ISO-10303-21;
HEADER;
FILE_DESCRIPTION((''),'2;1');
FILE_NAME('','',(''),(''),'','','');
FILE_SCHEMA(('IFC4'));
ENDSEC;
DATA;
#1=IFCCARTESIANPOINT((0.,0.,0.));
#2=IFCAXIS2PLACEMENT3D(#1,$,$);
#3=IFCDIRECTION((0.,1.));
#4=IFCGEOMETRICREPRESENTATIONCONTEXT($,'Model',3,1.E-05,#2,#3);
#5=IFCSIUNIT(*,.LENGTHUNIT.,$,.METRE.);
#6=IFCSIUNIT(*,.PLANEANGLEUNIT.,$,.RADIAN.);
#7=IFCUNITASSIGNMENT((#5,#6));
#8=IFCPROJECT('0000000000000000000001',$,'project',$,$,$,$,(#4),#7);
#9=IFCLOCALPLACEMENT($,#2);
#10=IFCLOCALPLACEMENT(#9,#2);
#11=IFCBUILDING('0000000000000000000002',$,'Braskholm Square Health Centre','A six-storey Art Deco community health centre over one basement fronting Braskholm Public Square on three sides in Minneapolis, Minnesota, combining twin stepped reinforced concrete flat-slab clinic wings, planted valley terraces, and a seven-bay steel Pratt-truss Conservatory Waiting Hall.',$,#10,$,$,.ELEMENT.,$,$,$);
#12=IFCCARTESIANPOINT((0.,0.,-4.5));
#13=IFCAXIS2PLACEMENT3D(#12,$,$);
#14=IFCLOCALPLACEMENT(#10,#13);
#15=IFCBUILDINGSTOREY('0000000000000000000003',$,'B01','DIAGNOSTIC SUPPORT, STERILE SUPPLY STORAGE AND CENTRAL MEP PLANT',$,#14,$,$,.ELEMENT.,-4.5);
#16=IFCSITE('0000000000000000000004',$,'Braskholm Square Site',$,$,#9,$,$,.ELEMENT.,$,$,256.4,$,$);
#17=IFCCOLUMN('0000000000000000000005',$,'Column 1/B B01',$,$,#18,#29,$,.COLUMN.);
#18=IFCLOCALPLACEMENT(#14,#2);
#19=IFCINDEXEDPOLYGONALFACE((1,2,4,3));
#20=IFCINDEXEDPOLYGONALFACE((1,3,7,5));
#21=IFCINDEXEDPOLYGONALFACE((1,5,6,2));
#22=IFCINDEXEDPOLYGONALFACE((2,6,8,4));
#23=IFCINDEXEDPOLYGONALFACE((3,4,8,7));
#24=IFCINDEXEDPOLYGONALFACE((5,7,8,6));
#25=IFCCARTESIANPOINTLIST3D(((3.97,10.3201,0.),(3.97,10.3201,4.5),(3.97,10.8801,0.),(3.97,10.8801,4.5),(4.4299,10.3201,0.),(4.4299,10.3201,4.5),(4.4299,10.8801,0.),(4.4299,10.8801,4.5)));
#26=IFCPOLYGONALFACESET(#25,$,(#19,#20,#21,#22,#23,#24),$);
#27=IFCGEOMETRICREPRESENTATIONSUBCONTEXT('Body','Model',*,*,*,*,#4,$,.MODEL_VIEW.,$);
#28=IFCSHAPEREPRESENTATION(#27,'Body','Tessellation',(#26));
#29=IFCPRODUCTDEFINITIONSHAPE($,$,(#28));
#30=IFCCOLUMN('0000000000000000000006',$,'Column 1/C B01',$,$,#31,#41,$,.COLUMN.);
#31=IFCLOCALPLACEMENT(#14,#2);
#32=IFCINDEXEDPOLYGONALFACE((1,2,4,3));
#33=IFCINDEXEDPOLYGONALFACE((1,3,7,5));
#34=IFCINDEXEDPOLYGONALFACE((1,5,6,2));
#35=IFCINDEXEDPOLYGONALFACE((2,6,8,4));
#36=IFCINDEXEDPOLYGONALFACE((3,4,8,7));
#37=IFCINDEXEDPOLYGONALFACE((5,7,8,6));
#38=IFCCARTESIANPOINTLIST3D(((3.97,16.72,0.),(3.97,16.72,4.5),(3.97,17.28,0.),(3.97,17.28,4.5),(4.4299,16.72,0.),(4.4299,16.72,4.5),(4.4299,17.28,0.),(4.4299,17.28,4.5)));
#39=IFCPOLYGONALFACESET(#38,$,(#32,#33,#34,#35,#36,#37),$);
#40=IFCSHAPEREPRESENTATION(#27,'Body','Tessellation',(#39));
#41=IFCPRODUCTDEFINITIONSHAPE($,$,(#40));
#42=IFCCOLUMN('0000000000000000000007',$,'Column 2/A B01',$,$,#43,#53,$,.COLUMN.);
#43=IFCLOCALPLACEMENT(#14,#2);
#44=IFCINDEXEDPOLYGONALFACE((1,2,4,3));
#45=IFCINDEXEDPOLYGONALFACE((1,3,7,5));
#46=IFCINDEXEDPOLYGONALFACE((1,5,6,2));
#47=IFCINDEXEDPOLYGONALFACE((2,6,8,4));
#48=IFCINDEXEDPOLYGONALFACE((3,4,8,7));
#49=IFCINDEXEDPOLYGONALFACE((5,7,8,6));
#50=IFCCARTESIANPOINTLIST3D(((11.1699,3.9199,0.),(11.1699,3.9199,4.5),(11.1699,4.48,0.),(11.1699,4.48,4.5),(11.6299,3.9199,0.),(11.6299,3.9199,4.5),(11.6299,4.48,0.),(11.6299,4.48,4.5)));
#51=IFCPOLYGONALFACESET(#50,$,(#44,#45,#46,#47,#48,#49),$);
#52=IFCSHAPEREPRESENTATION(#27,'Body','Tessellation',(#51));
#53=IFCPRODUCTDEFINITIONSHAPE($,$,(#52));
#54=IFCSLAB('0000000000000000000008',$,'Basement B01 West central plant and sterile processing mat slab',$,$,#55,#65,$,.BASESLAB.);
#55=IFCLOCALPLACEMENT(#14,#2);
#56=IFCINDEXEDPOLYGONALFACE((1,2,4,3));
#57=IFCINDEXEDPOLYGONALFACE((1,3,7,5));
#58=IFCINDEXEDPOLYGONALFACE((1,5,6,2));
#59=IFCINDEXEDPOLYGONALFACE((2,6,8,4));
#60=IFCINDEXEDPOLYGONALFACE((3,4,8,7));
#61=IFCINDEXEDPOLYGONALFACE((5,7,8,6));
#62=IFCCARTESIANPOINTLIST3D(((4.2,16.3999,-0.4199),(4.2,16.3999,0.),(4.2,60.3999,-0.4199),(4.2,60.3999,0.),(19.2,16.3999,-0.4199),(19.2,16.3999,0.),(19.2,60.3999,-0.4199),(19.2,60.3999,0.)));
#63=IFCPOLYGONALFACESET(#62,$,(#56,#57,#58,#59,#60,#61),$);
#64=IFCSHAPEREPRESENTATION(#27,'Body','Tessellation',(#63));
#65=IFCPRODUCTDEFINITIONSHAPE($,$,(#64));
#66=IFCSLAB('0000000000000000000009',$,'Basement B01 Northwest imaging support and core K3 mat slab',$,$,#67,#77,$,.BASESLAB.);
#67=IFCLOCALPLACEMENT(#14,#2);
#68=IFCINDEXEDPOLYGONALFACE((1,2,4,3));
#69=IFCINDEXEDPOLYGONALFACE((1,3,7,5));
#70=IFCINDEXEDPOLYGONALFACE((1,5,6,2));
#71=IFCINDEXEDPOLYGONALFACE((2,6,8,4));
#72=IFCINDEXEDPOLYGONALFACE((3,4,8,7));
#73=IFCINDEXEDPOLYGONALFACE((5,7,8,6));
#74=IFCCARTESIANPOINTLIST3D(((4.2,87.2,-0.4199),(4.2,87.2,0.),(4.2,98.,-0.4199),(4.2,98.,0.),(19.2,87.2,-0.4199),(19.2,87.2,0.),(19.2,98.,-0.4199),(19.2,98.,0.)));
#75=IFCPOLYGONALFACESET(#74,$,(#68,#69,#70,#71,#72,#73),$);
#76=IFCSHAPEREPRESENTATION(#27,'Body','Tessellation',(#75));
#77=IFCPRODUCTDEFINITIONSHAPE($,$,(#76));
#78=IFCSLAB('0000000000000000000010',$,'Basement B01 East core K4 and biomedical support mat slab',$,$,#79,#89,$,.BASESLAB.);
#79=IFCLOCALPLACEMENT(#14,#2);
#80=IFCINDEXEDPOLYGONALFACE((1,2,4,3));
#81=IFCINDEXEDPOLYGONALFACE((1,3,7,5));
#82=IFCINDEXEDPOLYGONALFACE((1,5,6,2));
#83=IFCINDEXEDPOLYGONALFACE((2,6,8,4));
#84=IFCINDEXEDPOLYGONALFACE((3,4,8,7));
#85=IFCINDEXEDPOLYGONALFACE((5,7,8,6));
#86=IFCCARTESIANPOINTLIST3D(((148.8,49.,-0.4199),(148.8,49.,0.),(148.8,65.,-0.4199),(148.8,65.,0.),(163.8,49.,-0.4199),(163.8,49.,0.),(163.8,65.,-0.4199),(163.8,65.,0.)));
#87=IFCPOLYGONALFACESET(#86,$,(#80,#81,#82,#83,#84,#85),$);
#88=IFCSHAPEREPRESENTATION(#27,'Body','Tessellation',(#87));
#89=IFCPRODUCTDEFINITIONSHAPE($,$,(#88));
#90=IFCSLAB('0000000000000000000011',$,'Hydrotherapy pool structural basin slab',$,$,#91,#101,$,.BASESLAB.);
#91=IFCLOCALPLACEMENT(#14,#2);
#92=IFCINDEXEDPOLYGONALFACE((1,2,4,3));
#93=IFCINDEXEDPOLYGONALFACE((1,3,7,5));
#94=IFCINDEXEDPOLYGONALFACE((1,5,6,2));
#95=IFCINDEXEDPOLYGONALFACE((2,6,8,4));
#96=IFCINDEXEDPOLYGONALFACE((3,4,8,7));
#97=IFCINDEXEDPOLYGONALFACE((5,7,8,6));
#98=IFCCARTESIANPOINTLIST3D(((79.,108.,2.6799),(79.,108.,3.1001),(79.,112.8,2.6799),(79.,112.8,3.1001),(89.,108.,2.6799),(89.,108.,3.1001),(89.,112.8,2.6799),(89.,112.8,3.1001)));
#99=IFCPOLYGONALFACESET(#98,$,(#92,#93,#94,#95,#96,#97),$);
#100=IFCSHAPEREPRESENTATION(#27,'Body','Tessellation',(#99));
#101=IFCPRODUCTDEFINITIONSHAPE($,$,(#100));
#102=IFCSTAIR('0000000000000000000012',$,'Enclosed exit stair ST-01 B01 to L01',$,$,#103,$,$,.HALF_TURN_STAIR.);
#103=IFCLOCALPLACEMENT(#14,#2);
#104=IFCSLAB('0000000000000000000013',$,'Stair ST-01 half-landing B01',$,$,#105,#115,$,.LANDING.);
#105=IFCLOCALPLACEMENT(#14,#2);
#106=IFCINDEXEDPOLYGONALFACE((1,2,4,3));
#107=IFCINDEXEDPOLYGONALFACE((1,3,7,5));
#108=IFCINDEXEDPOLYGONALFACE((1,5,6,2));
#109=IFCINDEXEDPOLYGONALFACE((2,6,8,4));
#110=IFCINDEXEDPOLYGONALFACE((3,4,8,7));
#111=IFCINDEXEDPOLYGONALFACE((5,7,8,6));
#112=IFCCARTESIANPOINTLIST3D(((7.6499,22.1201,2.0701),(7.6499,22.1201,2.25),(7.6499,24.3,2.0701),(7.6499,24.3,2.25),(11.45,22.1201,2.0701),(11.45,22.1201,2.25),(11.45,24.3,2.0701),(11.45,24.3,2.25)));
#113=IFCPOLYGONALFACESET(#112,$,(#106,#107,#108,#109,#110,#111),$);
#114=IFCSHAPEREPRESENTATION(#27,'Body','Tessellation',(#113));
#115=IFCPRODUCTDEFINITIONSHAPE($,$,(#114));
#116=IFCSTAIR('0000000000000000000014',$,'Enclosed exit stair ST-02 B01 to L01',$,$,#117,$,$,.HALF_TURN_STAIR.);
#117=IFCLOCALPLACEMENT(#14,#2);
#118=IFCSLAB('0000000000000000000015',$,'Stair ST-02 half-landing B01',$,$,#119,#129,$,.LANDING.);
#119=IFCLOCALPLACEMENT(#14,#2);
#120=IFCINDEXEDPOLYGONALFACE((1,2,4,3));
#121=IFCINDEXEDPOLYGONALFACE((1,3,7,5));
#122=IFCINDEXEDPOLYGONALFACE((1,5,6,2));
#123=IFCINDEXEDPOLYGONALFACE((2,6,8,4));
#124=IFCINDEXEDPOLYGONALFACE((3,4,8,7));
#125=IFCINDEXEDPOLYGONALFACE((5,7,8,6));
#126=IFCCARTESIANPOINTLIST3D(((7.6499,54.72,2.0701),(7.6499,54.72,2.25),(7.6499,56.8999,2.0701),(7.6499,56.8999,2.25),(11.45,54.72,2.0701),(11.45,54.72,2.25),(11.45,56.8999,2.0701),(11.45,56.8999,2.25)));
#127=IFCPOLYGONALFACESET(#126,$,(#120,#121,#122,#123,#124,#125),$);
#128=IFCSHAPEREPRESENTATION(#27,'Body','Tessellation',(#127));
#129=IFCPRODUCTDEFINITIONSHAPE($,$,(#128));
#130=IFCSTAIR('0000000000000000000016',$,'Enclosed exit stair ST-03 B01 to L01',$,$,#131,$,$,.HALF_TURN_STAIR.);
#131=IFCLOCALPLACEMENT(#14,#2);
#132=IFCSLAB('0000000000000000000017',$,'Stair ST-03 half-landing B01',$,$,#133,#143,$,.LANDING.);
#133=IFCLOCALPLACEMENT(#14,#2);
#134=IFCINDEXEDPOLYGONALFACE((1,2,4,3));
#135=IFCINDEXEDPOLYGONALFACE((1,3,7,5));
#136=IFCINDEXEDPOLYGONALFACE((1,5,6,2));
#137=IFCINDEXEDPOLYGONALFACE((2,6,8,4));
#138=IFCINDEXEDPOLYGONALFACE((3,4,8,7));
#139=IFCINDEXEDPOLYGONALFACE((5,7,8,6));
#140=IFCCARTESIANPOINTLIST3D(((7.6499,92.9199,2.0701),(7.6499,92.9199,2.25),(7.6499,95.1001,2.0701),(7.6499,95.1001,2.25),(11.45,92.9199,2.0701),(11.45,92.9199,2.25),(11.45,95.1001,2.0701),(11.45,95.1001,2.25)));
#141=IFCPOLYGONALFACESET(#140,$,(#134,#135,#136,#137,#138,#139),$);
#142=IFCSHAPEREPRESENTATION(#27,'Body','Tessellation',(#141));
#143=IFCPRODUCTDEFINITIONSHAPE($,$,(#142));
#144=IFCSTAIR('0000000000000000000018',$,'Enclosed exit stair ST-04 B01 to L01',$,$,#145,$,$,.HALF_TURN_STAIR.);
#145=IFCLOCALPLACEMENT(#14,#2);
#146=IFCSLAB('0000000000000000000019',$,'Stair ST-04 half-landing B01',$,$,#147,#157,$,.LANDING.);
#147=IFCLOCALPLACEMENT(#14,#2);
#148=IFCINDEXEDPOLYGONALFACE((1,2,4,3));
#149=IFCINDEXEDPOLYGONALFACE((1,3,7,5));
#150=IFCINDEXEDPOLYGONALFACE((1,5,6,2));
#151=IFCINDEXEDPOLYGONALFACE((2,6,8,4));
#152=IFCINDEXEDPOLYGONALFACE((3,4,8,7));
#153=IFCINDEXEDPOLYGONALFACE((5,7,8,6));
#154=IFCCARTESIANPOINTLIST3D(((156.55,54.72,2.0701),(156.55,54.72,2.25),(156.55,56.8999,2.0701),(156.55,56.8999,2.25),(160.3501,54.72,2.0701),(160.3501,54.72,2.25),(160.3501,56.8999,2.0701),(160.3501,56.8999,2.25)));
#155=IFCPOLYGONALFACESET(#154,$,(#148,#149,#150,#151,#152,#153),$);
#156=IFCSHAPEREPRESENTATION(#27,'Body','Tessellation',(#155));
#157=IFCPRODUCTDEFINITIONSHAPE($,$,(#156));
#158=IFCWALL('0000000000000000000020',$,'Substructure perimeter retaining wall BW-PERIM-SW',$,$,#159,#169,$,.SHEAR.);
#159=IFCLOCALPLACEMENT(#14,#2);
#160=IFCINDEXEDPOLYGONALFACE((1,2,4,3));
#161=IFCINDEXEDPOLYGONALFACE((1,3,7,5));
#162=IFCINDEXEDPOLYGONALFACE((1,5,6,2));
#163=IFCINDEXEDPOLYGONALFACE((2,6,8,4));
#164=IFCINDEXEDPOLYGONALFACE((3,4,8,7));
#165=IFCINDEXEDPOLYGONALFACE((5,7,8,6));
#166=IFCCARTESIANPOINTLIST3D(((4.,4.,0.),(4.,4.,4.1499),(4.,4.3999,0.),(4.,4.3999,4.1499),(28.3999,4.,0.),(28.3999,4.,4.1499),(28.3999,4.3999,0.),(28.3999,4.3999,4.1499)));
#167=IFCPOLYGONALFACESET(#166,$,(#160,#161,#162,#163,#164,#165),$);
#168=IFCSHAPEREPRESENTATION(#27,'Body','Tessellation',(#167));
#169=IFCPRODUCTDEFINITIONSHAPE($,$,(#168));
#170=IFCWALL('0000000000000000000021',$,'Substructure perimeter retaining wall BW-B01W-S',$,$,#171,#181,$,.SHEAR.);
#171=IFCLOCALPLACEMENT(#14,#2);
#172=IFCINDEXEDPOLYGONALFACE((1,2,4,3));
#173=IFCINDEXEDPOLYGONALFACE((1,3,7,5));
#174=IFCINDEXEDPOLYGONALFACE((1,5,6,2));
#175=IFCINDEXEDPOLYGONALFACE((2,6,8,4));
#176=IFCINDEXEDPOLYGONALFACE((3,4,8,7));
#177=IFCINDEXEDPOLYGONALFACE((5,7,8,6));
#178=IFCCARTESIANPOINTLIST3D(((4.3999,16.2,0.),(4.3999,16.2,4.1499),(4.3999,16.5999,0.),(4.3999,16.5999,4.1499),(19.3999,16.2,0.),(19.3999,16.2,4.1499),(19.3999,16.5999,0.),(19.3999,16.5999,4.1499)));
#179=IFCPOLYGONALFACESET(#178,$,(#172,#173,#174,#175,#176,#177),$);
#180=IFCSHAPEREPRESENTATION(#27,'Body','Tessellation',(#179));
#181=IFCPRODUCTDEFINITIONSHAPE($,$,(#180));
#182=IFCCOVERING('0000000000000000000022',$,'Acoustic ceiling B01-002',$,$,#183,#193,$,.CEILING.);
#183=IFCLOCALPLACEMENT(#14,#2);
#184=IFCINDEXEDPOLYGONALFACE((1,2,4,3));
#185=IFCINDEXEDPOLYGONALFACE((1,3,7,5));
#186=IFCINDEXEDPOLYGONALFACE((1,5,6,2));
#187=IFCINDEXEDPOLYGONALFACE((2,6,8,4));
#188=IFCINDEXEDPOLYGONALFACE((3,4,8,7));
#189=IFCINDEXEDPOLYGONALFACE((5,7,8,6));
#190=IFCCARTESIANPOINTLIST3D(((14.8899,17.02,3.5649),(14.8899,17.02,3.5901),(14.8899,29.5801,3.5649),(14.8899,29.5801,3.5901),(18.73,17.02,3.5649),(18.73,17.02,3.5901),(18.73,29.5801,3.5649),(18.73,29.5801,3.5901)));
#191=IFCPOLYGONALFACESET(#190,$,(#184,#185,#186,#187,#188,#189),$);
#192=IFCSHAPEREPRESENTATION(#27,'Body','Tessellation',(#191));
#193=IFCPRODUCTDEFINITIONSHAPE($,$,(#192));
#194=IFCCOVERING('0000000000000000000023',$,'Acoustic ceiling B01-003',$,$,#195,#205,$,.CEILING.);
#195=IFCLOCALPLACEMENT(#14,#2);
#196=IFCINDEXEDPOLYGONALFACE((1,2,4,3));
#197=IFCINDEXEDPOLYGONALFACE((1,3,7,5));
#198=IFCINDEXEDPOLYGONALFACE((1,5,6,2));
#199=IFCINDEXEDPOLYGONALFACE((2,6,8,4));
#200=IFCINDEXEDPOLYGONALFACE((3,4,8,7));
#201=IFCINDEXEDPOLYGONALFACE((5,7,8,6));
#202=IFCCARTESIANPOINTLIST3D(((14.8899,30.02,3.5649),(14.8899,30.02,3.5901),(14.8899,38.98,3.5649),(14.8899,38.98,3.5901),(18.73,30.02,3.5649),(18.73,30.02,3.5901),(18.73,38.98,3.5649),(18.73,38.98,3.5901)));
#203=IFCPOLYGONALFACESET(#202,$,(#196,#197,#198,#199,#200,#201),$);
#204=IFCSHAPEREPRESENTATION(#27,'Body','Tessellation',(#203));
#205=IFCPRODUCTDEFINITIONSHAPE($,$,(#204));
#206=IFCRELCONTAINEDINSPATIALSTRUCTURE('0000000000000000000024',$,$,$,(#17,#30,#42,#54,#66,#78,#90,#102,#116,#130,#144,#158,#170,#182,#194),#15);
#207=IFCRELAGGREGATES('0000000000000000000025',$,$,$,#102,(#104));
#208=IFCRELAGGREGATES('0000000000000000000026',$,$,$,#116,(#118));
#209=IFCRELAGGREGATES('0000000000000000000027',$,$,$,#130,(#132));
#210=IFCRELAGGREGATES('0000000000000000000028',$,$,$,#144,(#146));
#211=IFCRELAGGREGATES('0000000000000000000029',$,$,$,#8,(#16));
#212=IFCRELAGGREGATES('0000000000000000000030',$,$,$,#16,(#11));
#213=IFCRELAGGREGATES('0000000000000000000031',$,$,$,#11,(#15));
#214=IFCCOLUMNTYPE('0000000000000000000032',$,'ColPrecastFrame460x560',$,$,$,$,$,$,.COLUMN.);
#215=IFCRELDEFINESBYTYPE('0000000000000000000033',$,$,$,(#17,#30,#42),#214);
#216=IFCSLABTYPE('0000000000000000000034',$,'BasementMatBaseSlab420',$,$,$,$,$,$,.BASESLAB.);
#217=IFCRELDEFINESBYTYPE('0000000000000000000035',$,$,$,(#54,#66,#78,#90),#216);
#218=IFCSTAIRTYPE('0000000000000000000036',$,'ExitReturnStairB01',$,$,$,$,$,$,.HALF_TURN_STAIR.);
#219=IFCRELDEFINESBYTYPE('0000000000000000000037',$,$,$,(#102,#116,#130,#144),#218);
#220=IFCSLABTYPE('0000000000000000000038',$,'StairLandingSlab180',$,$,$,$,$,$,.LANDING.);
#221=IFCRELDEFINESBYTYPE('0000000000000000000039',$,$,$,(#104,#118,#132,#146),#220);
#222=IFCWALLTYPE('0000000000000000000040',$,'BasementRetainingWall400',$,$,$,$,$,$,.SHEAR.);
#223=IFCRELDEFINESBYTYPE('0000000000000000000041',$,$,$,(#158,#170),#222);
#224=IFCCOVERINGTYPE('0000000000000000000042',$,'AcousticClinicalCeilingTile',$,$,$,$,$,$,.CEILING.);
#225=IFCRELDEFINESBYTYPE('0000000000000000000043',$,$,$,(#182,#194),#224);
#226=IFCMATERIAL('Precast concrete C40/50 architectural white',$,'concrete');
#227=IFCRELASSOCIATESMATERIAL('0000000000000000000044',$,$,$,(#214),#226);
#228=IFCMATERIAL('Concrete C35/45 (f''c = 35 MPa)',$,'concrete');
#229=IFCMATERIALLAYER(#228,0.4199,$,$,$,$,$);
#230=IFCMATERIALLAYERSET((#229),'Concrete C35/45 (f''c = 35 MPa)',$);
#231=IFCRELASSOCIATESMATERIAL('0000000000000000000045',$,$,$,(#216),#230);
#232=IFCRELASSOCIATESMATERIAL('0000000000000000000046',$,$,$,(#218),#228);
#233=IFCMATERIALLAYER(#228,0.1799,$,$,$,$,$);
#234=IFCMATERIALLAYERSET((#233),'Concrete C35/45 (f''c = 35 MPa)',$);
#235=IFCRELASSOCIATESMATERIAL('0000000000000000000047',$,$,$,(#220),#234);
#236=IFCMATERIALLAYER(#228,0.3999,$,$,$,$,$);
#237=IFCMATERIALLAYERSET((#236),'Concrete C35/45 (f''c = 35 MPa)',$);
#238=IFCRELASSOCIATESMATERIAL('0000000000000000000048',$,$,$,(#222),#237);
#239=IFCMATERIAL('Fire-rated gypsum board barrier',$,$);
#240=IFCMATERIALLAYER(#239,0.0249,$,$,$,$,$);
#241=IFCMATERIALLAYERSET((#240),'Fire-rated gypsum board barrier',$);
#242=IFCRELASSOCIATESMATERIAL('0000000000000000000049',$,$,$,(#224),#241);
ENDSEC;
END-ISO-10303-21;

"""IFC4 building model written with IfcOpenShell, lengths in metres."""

from ifc_helpers import new_model, si_unit, direction, frame, frame_2d, origin, origin_2d, place, context, subcontext, project, spatial, polyline, rectangle, outline, extrude, material, layer, layer_set, material_profile, profile_set, type_object, element, aggregate, save


model = new_model("IFC4")

# Units and contexts
model_context = context("Model", 3, precision=1e-05, world=origin(), true_north=direction((0.0, 1.0)))
body_context = subcontext(model_context, "Body", "Model", "MODEL_VIEW")
ifc_project = project(units=[si_unit("LENGTHUNIT", "METRE"), si_unit("PLANEANGLEUNIT", "RADIAN")], contexts=[model_context])

# Site, building, storey
site_placement = place(None, origin())
site = spatial("IfcSite", under=ifc_project, at=site_placement, Name="Braskholm Square Site", CompositionType="ELEMENT", RefElevation=256.4)
building_placement = place(site_placement, origin())
building = spatial("IfcBuilding", under=site, at=building_placement, Name="Braskholm Square Health Centre", Description="A six-storey Art Deco community health centre over one basement fronting Braskholm Public Square on three sides in Minneapolis, Minnesota, combining twin stepped reinforced concrete flat-slab clinic wings, planted valley terraces, and a seven-bay steel Pratt-truss Conservatory Waiting Hall.", CompositionType="ELEMENT")
storey_placement = place(building_placement, frame((0.0, 0.0, -4.5)))
storey = spatial("IfcBuildingStorey", under=building, at=storey_placement, Name="B01", Description="DIAGNOSTIC SUPPORT, STERILE SUPPLY STORAGE AND CENTRAL MEP PLANT", CompositionType="ELEMENT", Elevation=-4.5)

# Columns
ifc_material_1 = material(Name="Precast concrete C40/50 architectural white", Category="concrete")
ifc_material_profile_1 = material_profile(ifc_material_1, rectangle(XDim=0.46, YDim=0.5601, at=origin_2d()), Name="RC-460X560")
ifc_profile_set_1 = profile_set([ifc_material_profile_1], Name="Precast concrete C40/50 architectural white")
column_type = type_object("IfcColumnType", Name="ColPrecastFrame460x560", PredefinedType="COLUMN", material=ifc_profile_set_1)
for number, where, z_axis, x_axis, name in (
    (1, (4.2, 10.6001, 0.0), (0.0, 0.0, 1.0), (1.0, 0.0, 0.0), "Column 1/B B01"),
    (2, (4.2, 17.0, 0.0), (0.0, 0.0, 1.0), (1.0, 0.0, 0.0), "Column 1/C B01"),
    (3, (11.3999, 4.2, 0.0), (0.0, 0.0, 1.0), (1.0, 0.0, 0.0), "Column 2/A B01"),
):
    element("IfcColumn", number, at=place(storey_placement, frame(where, z_axis=z_axis, x_axis=x_axis)), inside=storey, type_object=column_type, Name=name, PredefinedType="COLUMN", context=body_context, shape_type="SweptSolid", body=[
        extrude(rectangle(XDim=0.46, YDim=0.5601, at=origin_2d()), origin(), (0.0, 0.0, 1.0), 4.5),
    ])

# Slabs
ifc_material_2 = material(Name="Concrete C35/45 (f'c = 35 MPa)", Category="concrete")
ifc_layer_1 = layer(ifc_material_2, 0.4199)
ifc_layer_set_1 = layer_set([ifc_layer_1], Name="Concrete C35/45 (f'c = 35 MPa)")
slab_type_1 = type_object("IfcSlabType", Name="BasementMatBaseSlab420", PredefinedType="BASESLAB", material=ifc_layer_set_1)
slab_1_placement = place(storey_placement, frame((0.0, 0.0, -0.4199)))
element("IfcSlab", 4, at=slab_1_placement, inside=storey, type_object=slab_type_1, Name="Basement B01 West central plant and sterile processing mat slab", PredefinedType="BASESLAB", context=body_context, shape_type="SweptSolid", body=[
    extrude(outline(polyline([(4.2, 16.3999), (19.2, 16.3999), (19.2, 60.3999), (4.2, 60.3999), (4.2, 16.3999)])), origin(), (0.0, 0.0, 1.0), 0.4199),
])
slab_2_placement = place(storey_placement, frame((0.0, 0.0, -0.4199)))
element("IfcSlab", 5, at=slab_2_placement, inside=storey, type_object=slab_type_1, Name="Basement B01 Northwest imaging support and core K3 mat slab", PredefinedType="BASESLAB", context=body_context, shape_type="SweptSolid", body=[
    extrude(outline(polyline([(4.2, 87.2), (19.2, 87.2), (19.2, 98.0), (4.2, 98.0), (4.2, 87.2)])), origin(), (0.0, 0.0, 1.0), 0.4199),
])
slab_3_placement = place(storey_placement, frame((0.0, 0.0, -0.4199)))
element("IfcSlab", 6, at=slab_3_placement, inside=storey, type_object=slab_type_1, Name="Basement B01 East core K4 and biomedical support mat slab", PredefinedType="BASESLAB", context=body_context, shape_type="SweptSolid", body=[
    extrude(outline(polyline([(148.8, 49.0), (163.8, 49.0), (163.8, 65.0), (148.8, 65.0), (148.8, 49.0)])), origin(), (0.0, 0.0, 1.0), 0.4199),
])
slab_4_placement = place(storey_placement, frame((0.0, 0.0, 2.6799)))
element("IfcSlab", 7, at=slab_4_placement, inside=storey, type_object=slab_type_1, Name="Hydrotherapy pool structural basin slab", PredefinedType="BASESLAB", context=body_context, shape_type="SweptSolid", body=[
    extrude(outline(polyline([(79.0, 108.0), (89.0, 108.0), (89.0, 112.8), (79.0, 112.8), (79.0, 108.0)])), origin(), (0.0, 0.0, 1.0), 0.4202),
])

# Stairs, slabs
stair_type = type_object("IfcStairType", Name="ExitReturnStairB01", PredefinedType="HALF_TURN_STAIR", material=ifc_material_2)
stair_1_placement = place(storey_placement, origin())
stair_1 = element("IfcStair", 8, at=stair_1_placement, inside=storey, type_object=stair_type, Name="Enclosed exit stair ST-01 B01 to L01", PredefinedType="HALF_TURN_STAIR")
ifc_layer_2 = layer(ifc_material_2, 0.1799)
ifc_layer_set_2 = layer_set([ifc_layer_2], Name="Concrete C35/45 (f'c = 35 MPa)")
slab_type_2 = type_object("IfcSlabType", Name="StairLandingSlab180", PredefinedType="LANDING", material=ifc_layer_set_2)
slab_5_placement = place(storey_placement, frame((0.0, 0.0, 2.0701)))
slab_5 = element("IfcSlab", 9, at=slab_5_placement, type_object=slab_type_2, Name="Stair ST-01 half-landing B01", PredefinedType="LANDING", context=body_context, shape_type="SweptSolid", body=[
    extrude(outline(polyline([(7.6499, 22.1201), (11.45, 22.1201), (11.45, 24.3), (7.6499, 24.3), (7.6499, 22.1201)])), origin(), (0.0, 0.0, 1.0), 0.1799),
])
aggregate(stair_1, [slab_5])
stair_2_placement = place(storey_placement, origin())
stair_2 = element("IfcStair", 10, at=stair_2_placement, inside=storey, type_object=stair_type, Name="Enclosed exit stair ST-02 B01 to L01", PredefinedType="HALF_TURN_STAIR")
slab_6_placement = place(storey_placement, frame((0.0, 0.0, 2.0701)))
slab_6 = element("IfcSlab", 11, at=slab_6_placement, type_object=slab_type_2, Name="Stair ST-02 half-landing B01", PredefinedType="LANDING", context=body_context, shape_type="SweptSolid", body=[
    extrude(outline(polyline([(7.6499, 54.72), (11.45, 54.72), (11.45, 56.8999), (7.6499, 56.8999), (7.6499, 54.72)])), origin(), (0.0, 0.0, 1.0), 0.1799),
])
aggregate(stair_2, [slab_6])
stair_3_placement = place(storey_placement, origin())
stair_3 = element("IfcStair", 12, at=stair_3_placement, inside=storey, type_object=stair_type, Name="Enclosed exit stair ST-03 B01 to L01", PredefinedType="HALF_TURN_STAIR")
slab_7_placement = place(storey_placement, frame((0.0, 0.0, 2.0701)))
slab_7 = element("IfcSlab", 13, at=slab_7_placement, type_object=slab_type_2, Name="Stair ST-03 half-landing B01", PredefinedType="LANDING", context=body_context, shape_type="SweptSolid", body=[
    extrude(outline(polyline([(7.6499, 92.9199), (11.45, 92.9199), (11.45, 95.1001), (7.6499, 95.1001), (7.6499, 92.9199)])), origin(), (0.0, 0.0, 1.0), 0.1799),
])
aggregate(stair_3, [slab_7])
stair_4_placement = place(storey_placement, origin())
stair_4 = element("IfcStair", 14, at=stair_4_placement, inside=storey, type_object=stair_type, Name="Enclosed exit stair ST-04 B01 to L01", PredefinedType="HALF_TURN_STAIR")
slab_8_placement = place(storey_placement, frame((0.0, 0.0, 2.0701)))
slab_8 = element("IfcSlab", 15, at=slab_8_placement, type_object=slab_type_2, Name="Stair ST-04 half-landing B01", PredefinedType="LANDING", context=body_context, shape_type="SweptSolid", body=[
    extrude(outline(polyline([(156.55, 54.72), (160.3501, 54.72), (160.3501, 56.8999), (156.55, 56.8999), (156.55, 54.72)])), origin(), (0.0, 0.0, 1.0), 0.1799),
])
aggregate(stair_4, [slab_8])

# Walls
ifc_layer_3 = layer(ifc_material_2, 0.3999)
ifc_layer_set_3 = layer_set([ifc_layer_3], Name="Concrete C35/45 (f'c = 35 MPa)")
wall_type = type_object("IfcWallType", Name="BasementRetainingWall400", PredefinedType="SHEAR", material=ifc_layer_set_3)
wall_1_placement = place(storey_placement, frame((4.0, 4.2, 0.0), z_axis=(0.0, 0.0, 1.0), x_axis=(1.0, 0.0, 0.0)))
element("IfcWall", 16, at=wall_1_placement, inside=storey, type_object=wall_type, Name="Substructure perimeter retaining wall BW-PERIM-SW", PredefinedType="SHEAR", context=body_context, shape_type="SweptSolid", body=[
    extrude(rectangle(XDim=24.3999, YDim=0.3999, at=frame_2d((12.2, 0.0))), origin(), (0.0, 0.0, 1.0), 4.1499),
])
wall_2_placement = place(storey_placement, frame((4.3999, 16.3999, 0.0), z_axis=(0.0, 0.0, 1.0), x_axis=(1.0, 0.0, 0.0)))
element("IfcWall", 17, at=wall_2_placement, inside=storey, type_object=wall_type, Name="Substructure perimeter retaining wall BW-B01W-S", PredefinedType="SHEAR", context=body_context, shape_type="SweptSolid", body=[
    extrude(rectangle(XDim=15.0, YDim=0.3999, at=frame_2d((7.5, 0.0))), origin(), (0.0, 0.0, 1.0), 4.1499),
])

# Coverings
ifc_material_3 = material(Name="Fire-rated gypsum board barrier")
ifc_layer_4 = layer(ifc_material_3, 0.0249)
ifc_layer_set_4 = layer_set([ifc_layer_4], Name="Fire-rated gypsum board barrier")
covering_type_1 = type_object("IfcCoveringType", Name="AcousticClinicalCeilingTile", PredefinedType="CEILING", material=ifc_layer_set_4)
covering_1_placement = place(storey_placement, frame((0.0, 0.0, 3.5649)))
element("IfcCovering", 18, at=covering_1_placement, inside=storey, type_object=covering_type_1, Name="Acoustic ceiling B01-002", PredefinedType="CEILING", context=body_context, shape_type="SweptSolid", body=[
    extrude(outline(polyline([(14.8899, 17.02), (18.73, 17.02), (18.73, 29.5801), (14.8899, 29.5801), (14.8899, 17.02)])), origin(), (0.0, 0.0, 1.0), 0.0251),
])
covering_2_placement = place(storey_placement, frame((0.0, 0.0, 3.5649)))
element("IfcCovering", 19, at=covering_2_placement, inside=storey, type_object=covering_type_1, Name="Acoustic ceiling B01-003", PredefinedType="CEILING", context=body_context, shape_type="SweptSolid", body=[
    extrude(outline(polyline([(14.8899, 30.02), (18.73, 30.02), (18.73, 38.98), (14.8899, 38.98), (14.8899, 30.02)])), origin(), (0.0, 0.0, 1.0), 0.0251),
])

save(model, "model.ifc")
